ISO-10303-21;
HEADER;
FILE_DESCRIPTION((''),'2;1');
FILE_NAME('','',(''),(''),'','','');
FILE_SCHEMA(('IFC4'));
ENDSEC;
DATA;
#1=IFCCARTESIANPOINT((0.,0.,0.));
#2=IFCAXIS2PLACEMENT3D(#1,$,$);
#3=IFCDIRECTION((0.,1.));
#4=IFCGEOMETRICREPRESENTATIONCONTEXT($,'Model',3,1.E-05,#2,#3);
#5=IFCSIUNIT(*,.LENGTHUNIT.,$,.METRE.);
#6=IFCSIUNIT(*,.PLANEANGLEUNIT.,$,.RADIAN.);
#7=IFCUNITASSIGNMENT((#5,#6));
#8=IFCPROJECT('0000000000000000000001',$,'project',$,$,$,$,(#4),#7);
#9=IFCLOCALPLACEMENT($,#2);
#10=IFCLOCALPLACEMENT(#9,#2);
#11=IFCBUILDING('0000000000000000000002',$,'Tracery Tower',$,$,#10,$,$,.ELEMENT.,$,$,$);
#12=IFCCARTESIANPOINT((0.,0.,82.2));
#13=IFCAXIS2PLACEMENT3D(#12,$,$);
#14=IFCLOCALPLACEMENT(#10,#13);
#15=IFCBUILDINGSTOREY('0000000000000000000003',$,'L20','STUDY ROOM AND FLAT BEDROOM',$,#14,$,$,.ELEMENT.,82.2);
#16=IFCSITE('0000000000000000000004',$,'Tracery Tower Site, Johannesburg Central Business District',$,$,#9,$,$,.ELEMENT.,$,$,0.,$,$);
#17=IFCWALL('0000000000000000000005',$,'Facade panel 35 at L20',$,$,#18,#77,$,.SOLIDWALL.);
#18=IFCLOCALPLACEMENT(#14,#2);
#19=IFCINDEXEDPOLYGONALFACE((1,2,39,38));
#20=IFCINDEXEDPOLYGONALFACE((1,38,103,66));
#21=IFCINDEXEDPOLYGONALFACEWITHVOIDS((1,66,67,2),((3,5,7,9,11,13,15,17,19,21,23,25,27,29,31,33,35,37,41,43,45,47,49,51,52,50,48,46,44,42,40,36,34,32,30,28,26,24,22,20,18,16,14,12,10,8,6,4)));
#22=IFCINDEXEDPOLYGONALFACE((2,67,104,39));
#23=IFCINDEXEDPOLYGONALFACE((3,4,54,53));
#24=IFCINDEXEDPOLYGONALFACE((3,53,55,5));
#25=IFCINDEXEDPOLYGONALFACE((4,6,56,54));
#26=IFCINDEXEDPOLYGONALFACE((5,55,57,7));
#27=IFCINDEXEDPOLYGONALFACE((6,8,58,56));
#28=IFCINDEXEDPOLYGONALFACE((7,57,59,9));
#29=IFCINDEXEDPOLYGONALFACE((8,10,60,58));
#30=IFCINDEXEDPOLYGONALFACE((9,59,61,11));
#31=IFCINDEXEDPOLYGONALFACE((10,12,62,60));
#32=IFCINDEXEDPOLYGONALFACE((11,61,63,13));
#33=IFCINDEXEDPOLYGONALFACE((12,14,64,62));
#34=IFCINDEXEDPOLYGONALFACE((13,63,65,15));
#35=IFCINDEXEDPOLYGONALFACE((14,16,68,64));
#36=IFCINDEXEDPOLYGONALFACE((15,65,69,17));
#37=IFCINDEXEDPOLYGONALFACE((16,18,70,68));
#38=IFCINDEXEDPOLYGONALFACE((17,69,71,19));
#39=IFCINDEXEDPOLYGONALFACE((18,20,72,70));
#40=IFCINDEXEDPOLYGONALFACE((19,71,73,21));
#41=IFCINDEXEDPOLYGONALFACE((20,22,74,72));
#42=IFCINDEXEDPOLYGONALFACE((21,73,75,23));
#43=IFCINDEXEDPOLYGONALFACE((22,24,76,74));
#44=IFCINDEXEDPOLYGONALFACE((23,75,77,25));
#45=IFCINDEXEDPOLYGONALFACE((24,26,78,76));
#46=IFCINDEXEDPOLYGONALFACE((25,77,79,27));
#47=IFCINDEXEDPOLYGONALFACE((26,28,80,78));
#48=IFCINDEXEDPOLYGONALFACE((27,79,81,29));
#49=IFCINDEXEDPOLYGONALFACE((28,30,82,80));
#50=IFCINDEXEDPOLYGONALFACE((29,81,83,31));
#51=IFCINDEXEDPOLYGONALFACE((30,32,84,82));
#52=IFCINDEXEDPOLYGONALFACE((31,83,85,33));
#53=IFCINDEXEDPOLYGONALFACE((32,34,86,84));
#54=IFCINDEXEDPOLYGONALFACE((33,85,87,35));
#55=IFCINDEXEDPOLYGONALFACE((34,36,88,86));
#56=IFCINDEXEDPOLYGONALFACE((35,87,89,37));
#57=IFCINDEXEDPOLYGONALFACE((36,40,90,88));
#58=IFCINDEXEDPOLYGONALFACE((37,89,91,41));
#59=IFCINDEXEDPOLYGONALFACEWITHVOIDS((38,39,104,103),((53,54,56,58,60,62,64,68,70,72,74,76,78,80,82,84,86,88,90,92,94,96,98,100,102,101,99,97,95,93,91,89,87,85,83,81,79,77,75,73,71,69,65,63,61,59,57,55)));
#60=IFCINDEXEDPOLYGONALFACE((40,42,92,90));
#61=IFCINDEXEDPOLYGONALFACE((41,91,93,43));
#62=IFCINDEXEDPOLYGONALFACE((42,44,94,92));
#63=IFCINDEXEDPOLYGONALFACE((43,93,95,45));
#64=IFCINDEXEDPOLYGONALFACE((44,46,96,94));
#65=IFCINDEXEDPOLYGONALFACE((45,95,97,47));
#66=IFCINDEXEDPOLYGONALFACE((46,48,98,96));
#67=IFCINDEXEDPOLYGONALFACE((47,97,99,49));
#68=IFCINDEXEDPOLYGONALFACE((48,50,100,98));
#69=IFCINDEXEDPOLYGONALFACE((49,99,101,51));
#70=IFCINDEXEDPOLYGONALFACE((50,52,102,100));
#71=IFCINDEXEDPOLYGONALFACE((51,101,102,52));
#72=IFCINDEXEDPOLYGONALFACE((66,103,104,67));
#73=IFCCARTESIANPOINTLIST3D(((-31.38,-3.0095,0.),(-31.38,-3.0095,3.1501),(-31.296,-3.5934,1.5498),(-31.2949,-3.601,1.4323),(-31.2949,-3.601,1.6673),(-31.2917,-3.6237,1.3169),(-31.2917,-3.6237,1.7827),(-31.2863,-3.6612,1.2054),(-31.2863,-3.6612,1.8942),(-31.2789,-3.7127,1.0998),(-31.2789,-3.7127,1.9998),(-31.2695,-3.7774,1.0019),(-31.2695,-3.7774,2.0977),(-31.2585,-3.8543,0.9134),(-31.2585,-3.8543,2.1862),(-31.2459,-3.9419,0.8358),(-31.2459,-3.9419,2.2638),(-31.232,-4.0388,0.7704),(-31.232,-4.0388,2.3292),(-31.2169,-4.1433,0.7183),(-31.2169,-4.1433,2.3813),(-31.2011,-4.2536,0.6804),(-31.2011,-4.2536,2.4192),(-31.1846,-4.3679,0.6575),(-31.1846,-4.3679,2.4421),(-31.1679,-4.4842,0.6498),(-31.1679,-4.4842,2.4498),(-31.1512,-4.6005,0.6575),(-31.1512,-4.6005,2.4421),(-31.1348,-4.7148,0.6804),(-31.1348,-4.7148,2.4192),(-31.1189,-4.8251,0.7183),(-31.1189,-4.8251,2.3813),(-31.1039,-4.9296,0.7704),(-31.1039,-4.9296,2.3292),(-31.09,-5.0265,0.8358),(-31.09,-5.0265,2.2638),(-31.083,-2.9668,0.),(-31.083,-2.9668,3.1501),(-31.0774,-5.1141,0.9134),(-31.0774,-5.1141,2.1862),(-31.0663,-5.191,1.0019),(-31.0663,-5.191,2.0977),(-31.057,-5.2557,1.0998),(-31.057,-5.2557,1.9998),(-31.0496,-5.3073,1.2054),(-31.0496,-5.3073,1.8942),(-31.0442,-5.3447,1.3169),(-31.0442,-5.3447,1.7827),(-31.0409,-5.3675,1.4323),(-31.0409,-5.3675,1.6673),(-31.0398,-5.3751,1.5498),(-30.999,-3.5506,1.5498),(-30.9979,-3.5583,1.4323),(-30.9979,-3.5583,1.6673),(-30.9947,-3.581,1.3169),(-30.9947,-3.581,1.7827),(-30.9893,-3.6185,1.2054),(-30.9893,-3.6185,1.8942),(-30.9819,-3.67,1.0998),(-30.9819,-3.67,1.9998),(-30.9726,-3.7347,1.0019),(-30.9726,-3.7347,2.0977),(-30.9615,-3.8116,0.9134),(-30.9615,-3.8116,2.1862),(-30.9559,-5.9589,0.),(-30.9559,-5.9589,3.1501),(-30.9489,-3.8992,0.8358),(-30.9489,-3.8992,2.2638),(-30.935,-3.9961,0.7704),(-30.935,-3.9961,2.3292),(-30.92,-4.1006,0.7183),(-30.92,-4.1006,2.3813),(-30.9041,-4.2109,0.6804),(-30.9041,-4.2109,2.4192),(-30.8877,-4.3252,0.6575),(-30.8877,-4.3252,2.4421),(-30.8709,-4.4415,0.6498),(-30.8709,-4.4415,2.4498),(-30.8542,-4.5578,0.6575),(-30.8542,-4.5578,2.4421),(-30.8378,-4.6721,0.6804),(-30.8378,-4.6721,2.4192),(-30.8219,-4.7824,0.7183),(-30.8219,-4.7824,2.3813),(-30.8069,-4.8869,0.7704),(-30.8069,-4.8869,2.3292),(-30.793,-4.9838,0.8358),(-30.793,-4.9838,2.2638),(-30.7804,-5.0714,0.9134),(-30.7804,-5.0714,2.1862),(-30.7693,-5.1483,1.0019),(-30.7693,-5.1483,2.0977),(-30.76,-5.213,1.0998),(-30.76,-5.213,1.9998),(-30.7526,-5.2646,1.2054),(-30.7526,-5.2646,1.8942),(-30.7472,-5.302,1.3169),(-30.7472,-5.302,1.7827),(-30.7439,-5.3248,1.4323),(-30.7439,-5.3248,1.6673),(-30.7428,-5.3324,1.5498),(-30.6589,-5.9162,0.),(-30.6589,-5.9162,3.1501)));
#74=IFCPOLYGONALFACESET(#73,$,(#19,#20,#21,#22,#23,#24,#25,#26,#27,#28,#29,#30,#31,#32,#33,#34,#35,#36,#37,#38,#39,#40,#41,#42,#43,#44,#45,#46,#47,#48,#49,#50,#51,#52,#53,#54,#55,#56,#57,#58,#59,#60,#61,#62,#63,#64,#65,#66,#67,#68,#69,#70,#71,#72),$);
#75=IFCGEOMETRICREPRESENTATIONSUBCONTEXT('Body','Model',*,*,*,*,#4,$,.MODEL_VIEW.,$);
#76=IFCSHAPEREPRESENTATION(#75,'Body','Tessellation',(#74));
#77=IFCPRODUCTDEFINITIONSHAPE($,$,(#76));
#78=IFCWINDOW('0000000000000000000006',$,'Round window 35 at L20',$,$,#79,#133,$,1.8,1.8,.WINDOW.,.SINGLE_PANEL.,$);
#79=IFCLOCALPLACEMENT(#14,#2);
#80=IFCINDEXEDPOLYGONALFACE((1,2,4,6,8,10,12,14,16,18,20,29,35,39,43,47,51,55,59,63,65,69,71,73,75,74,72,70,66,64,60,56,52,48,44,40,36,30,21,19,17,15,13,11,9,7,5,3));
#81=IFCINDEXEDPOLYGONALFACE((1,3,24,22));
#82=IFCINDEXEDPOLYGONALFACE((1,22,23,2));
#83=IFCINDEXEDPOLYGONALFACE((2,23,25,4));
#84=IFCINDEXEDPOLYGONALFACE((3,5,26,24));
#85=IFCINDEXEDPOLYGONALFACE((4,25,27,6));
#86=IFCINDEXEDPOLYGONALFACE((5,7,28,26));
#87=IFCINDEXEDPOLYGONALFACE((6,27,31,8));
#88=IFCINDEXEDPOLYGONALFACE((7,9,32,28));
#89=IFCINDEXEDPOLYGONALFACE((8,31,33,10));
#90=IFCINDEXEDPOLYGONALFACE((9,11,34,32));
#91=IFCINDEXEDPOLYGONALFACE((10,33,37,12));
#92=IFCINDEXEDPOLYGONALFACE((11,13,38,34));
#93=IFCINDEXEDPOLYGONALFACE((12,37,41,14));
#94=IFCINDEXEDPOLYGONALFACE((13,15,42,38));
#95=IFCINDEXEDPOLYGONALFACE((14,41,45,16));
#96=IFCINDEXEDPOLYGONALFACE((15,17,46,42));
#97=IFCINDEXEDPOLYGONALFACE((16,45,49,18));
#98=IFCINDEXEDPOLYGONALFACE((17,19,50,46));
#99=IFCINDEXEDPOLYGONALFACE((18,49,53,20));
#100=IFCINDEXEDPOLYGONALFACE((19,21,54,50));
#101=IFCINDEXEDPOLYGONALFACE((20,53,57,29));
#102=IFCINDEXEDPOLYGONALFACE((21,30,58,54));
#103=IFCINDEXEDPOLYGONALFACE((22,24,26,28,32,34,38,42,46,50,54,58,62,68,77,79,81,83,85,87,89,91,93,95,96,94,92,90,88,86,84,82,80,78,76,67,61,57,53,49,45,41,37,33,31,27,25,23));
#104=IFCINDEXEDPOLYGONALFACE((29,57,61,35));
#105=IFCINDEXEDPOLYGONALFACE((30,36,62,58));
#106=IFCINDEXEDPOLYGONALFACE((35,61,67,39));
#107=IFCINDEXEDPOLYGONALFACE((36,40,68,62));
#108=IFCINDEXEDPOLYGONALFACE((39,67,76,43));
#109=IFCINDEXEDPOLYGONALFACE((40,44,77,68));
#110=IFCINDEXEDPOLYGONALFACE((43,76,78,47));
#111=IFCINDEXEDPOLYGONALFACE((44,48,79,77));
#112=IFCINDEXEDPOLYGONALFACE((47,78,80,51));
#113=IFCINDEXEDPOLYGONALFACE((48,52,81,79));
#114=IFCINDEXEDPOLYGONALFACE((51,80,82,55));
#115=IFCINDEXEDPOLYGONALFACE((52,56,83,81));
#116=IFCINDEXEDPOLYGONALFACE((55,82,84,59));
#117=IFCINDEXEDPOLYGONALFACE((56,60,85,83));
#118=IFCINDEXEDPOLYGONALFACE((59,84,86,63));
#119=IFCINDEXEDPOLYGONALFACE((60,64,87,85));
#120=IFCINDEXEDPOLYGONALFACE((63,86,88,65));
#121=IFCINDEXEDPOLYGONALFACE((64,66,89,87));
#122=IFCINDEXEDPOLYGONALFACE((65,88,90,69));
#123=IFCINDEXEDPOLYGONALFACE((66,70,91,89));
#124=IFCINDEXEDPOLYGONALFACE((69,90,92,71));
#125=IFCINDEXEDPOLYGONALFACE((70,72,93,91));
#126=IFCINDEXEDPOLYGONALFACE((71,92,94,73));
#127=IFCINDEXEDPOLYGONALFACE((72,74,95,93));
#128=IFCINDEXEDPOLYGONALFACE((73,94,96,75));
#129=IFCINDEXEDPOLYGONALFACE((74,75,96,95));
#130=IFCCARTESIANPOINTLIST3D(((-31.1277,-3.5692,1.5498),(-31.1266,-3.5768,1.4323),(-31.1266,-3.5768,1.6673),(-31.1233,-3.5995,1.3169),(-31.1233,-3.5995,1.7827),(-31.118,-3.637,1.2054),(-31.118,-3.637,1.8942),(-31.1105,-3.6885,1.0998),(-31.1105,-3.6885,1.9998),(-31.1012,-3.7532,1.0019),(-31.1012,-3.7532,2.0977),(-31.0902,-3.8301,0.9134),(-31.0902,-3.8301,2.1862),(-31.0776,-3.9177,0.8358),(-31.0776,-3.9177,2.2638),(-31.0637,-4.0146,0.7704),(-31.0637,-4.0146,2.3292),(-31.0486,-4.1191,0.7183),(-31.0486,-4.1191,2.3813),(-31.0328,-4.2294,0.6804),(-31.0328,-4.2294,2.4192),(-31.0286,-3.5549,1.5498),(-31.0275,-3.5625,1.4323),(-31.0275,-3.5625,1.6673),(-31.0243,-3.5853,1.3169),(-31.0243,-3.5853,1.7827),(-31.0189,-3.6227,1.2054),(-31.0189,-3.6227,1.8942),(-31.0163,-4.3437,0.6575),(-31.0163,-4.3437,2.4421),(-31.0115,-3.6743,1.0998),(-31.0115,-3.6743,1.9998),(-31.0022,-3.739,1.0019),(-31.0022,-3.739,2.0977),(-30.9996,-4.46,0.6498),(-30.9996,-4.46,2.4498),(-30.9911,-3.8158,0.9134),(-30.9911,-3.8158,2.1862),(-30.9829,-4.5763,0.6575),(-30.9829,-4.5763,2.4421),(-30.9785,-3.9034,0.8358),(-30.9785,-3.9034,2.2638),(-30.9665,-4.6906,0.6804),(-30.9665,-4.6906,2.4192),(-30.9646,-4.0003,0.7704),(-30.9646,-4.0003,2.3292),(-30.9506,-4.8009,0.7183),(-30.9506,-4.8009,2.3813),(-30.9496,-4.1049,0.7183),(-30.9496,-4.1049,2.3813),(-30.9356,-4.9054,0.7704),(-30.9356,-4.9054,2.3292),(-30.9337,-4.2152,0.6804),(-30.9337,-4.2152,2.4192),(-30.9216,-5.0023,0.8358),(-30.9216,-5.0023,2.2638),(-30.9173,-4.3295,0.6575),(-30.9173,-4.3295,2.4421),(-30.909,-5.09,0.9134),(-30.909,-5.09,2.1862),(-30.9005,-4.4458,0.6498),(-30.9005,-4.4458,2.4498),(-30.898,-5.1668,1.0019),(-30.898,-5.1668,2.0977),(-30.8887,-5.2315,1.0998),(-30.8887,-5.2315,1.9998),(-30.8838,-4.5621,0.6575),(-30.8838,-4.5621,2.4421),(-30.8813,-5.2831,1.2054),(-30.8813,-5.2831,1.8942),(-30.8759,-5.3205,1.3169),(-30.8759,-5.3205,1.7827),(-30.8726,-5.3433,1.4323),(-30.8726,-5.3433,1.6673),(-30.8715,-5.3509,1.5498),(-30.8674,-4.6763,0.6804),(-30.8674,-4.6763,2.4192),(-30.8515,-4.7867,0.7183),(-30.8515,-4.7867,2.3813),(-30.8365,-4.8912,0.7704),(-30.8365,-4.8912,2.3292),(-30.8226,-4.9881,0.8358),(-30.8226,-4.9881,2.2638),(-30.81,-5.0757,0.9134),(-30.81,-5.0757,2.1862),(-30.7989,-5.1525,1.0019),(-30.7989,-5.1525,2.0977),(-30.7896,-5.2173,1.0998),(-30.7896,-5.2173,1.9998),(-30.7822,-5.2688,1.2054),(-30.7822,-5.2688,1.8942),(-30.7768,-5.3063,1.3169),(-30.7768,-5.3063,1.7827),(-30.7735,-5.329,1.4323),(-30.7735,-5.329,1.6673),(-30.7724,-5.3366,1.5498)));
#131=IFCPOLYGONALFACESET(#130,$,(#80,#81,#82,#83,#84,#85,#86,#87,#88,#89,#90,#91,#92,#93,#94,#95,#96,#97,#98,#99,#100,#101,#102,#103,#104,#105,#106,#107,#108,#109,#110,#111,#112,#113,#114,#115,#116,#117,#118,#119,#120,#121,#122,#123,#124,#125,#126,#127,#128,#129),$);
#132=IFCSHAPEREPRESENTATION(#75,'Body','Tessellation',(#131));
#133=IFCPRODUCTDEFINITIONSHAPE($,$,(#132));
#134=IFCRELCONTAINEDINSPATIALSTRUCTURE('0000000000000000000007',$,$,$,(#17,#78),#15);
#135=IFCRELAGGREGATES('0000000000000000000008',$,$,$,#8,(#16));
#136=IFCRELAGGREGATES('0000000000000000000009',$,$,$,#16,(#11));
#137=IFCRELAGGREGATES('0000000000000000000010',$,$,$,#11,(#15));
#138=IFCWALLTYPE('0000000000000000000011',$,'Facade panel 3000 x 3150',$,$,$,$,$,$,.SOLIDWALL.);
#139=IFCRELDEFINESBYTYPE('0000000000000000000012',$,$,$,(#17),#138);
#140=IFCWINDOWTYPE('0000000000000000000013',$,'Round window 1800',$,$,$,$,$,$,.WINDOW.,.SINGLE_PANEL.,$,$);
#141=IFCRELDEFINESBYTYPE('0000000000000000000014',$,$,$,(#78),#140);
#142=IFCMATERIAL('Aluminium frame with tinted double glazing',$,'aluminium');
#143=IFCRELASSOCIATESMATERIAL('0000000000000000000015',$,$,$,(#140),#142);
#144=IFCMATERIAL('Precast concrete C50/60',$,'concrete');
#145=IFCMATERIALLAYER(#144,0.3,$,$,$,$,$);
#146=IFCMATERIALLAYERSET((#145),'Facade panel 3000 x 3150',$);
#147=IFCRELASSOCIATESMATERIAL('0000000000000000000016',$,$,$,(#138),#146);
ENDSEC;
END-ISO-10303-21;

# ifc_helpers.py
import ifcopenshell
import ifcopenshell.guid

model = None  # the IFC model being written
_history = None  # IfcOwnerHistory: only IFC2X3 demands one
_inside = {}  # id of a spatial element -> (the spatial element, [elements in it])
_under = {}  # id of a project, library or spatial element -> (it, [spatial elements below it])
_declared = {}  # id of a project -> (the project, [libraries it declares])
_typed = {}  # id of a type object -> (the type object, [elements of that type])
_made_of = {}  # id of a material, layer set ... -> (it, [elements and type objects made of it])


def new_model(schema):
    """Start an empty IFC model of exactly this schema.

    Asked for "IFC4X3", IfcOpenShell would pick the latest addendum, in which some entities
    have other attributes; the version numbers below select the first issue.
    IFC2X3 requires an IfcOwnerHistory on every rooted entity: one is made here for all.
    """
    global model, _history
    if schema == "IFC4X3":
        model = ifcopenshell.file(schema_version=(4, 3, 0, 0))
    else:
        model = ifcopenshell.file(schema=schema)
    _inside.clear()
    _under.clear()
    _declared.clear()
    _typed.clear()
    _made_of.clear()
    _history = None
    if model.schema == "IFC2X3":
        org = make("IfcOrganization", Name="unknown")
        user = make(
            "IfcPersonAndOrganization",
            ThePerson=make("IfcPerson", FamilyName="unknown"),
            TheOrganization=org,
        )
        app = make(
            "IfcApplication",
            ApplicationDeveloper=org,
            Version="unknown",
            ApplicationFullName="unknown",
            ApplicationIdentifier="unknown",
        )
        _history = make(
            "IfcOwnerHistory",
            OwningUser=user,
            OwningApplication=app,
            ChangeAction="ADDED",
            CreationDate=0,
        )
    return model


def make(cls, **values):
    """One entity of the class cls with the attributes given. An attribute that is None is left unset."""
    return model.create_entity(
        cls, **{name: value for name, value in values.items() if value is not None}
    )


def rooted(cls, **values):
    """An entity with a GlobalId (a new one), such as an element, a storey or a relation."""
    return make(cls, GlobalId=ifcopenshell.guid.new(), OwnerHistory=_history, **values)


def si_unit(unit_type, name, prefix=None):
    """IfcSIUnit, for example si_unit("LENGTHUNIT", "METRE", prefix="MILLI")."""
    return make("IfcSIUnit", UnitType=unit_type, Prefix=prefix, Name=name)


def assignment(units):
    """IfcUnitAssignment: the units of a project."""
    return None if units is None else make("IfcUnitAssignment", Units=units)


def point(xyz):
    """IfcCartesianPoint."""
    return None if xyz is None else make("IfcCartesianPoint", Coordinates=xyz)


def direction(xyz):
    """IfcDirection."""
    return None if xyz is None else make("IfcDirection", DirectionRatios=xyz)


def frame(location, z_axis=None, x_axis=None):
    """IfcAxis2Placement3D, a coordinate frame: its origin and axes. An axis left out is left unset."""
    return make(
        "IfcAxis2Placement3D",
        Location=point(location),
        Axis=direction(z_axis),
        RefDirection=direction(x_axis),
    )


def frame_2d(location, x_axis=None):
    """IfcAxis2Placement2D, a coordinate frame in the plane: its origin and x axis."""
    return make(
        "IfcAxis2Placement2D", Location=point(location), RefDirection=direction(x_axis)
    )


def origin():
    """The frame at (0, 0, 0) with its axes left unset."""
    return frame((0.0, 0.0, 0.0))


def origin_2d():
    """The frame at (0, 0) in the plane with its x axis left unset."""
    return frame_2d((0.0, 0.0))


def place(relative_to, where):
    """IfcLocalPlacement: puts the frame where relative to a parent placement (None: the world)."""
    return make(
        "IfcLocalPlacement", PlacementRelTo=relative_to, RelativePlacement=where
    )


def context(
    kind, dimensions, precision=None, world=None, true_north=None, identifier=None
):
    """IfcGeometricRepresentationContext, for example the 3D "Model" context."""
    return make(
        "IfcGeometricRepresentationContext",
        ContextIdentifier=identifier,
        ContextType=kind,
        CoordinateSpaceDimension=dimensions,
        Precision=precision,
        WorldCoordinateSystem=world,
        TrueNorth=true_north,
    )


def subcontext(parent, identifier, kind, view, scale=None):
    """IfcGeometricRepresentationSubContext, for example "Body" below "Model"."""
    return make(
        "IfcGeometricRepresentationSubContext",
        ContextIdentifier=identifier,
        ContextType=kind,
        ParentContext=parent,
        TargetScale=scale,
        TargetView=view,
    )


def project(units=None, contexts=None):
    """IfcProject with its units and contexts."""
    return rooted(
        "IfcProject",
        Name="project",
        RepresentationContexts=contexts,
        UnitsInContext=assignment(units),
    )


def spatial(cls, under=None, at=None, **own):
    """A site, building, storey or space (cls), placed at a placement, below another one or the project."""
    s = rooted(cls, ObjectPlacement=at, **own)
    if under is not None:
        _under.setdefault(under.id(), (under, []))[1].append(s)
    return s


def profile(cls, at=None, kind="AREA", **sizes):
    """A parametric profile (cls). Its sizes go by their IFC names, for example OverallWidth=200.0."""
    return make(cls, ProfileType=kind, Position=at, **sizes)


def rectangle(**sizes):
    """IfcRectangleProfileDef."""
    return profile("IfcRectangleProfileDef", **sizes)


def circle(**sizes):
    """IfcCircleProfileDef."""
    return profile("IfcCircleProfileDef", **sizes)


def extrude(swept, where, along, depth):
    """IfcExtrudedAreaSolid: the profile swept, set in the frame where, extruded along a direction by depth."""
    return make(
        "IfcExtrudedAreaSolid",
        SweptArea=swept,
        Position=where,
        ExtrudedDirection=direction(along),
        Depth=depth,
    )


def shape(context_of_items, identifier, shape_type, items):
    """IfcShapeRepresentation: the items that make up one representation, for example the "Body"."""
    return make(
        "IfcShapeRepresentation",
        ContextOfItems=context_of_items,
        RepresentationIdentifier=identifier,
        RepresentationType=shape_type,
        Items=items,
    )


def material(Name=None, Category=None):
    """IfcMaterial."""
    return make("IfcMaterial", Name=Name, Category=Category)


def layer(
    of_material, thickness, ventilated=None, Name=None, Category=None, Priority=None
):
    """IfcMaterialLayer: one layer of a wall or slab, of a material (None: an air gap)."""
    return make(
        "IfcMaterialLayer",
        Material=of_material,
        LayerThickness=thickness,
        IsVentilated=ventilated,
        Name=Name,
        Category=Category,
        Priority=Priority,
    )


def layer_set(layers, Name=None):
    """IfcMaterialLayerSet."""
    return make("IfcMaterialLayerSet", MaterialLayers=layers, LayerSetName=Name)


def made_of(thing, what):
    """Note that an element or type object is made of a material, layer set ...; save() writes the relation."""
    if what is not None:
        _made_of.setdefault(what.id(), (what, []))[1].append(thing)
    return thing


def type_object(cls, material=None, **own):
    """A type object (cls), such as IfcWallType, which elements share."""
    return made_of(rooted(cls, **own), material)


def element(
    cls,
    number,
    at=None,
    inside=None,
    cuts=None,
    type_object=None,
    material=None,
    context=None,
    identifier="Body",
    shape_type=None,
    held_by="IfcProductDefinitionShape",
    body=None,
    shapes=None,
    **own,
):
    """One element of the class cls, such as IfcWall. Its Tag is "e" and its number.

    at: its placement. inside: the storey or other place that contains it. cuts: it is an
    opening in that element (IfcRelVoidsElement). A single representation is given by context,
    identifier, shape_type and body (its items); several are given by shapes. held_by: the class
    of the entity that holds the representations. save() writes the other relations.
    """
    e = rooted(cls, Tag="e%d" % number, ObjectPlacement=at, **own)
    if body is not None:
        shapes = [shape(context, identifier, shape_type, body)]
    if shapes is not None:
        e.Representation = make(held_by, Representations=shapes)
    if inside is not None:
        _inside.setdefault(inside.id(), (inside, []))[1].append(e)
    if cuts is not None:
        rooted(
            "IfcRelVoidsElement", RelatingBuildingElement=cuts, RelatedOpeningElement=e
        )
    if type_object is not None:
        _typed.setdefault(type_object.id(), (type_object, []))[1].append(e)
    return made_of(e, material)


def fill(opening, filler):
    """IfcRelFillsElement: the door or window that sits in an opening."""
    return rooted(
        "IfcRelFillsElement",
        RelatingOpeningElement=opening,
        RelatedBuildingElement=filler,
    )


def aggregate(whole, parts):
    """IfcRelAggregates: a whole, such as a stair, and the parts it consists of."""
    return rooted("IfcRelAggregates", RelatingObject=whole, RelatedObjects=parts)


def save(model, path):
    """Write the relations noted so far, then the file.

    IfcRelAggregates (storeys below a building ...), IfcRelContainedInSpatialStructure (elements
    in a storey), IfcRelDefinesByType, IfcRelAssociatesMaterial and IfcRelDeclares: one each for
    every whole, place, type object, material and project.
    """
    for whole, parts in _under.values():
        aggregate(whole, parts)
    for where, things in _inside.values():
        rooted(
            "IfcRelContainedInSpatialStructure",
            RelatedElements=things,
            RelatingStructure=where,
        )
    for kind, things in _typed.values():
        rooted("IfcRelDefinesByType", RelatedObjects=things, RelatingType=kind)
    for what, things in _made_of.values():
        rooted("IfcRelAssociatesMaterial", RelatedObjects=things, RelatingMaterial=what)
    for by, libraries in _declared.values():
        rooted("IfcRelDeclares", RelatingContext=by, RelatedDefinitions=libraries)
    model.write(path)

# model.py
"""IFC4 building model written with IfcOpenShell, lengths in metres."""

from ifc_helpers import new_model, si_unit, direction, frame, frame_2d, origin, origin_2d, place, context, subcontext, project, spatial, rectangle, circle, extrude, material, layer, layer_set, type_object, element, fill, save


model = new_model("IFC4")

# Units and contexts
model_context = context("Model", 3, precision=1e-05, world=origin(), true_north=direction((0.0, 1.0)))
body_context = subcontext(model_context, "Body", "Model", "MODEL_VIEW")
ifc_project = project(units=[si_unit("LENGTHUNIT", "METRE"), si_unit("PLANEANGLEUNIT", "RADIAN")], contexts=[model_context])

# Site, building, storey
site_placement = place(None, origin())
site = spatial("IfcSite", under=ifc_project, at=site_placement, Name="Tracery Tower Site, Johannesburg Central Business District", CompositionType="ELEMENT", RefElevation=0.0)
building_placement = place(site_placement, origin())
building = spatial("IfcBuilding", under=site, at=building_placement, Name="Tracery Tower", CompositionType="ELEMENT")
storey_placement = place(building_placement, frame((0.0, 0.0, 82.2)))
storey = spatial("IfcBuildingStorey", under=building, at=storey_placement, Name="L20", Description="STUDY ROOM AND FLAT BEDROOM", CompositionType="ELEMENT", Elevation=82.2)

# Wall, opening, window
ifc_material_1 = material(Name="Aluminium frame with tinted double glazing", Category="aluminium")
window_type = type_object("IfcWindowType", Name="Round window 1800", PartitioningType="SINGLE_PANEL", PredefinedType="WINDOW", material=ifc_material_1)
ifc_material_2 = material(Name="Precast concrete C50/60", Category="concrete")
ifc_layer_1 = layer(ifc_material_2, 0.3)
ifc_layer_set_1 = layer_set([ifc_layer_1], Name="Facade panel 3000 x 3150")
wall_type_1 = type_object("IfcWallType", Name="Facade panel 3000 x 3150", PredefinedType="SOLIDWALL", material=ifc_layer_set_1)
wall_1_placement = place(storey_placement, frame((-31.2314, -2.9883, 0.0), z_axis=(0.0, 0.0, 1.0), x_axis=(0.142316, -0.989821, 0.0)))
wall_1 = element("IfcWall", 1, at=wall_1_placement, inside=storey, type_object=wall_type_1, Name="Facade panel 35 at L20", PredefinedType="SOLIDWALL", context=body_context, shape_type="SweptSolid", body=[
    extrude(rectangle(XDim=2.9797, YDim=0.3, at=frame_2d((1.4897, 0.0))), origin(), (0.0, 0.0, 1.0), 3.1501),
])
opening_1_placement = place(wall_1_placement, frame((1.4897, 0.0, 1.5498)))
opening_1 = element("IfcOpeningElement", 2, at=opening_1_placement, cuts=wall_1, PredefinedType="OPENING", context=body_context, shape_type="SweptSolid", body=[
    extrude(circle(Radius=0.9, at=origin_2d()), frame((0.0, 0.1599, 0.0), z_axis=(0.0, -1.0, 0.0), x_axis=(1.0, 0.0, 0.0)), (0.0, 0.0, 1.0), 0.3201),
])
window_1_placement = place(opening_1_placement, origin())
window_1 = element("IfcWindow", 3, at=window_1_placement, inside=storey, type_object=window_type, Name="Round window 35 at L20", OverallHeight=1.8, OverallWidth=1.8, PartitioningType="SINGLE_PANEL", PredefinedType="WINDOW", context=body_context, shape_type="SweptSolid", body=[
    extrude(circle(Radius=0.9, at=origin_2d()), frame((0.0, 0.1201, 0.0), z_axis=(0.0, -1.0, 0.0), x_axis=(1.0, 0.0, 0.0)), (0.0, 0.0, 1.0), 0.1001),
])
fill(opening_1, window_1)

save(model, "model.ifc")
